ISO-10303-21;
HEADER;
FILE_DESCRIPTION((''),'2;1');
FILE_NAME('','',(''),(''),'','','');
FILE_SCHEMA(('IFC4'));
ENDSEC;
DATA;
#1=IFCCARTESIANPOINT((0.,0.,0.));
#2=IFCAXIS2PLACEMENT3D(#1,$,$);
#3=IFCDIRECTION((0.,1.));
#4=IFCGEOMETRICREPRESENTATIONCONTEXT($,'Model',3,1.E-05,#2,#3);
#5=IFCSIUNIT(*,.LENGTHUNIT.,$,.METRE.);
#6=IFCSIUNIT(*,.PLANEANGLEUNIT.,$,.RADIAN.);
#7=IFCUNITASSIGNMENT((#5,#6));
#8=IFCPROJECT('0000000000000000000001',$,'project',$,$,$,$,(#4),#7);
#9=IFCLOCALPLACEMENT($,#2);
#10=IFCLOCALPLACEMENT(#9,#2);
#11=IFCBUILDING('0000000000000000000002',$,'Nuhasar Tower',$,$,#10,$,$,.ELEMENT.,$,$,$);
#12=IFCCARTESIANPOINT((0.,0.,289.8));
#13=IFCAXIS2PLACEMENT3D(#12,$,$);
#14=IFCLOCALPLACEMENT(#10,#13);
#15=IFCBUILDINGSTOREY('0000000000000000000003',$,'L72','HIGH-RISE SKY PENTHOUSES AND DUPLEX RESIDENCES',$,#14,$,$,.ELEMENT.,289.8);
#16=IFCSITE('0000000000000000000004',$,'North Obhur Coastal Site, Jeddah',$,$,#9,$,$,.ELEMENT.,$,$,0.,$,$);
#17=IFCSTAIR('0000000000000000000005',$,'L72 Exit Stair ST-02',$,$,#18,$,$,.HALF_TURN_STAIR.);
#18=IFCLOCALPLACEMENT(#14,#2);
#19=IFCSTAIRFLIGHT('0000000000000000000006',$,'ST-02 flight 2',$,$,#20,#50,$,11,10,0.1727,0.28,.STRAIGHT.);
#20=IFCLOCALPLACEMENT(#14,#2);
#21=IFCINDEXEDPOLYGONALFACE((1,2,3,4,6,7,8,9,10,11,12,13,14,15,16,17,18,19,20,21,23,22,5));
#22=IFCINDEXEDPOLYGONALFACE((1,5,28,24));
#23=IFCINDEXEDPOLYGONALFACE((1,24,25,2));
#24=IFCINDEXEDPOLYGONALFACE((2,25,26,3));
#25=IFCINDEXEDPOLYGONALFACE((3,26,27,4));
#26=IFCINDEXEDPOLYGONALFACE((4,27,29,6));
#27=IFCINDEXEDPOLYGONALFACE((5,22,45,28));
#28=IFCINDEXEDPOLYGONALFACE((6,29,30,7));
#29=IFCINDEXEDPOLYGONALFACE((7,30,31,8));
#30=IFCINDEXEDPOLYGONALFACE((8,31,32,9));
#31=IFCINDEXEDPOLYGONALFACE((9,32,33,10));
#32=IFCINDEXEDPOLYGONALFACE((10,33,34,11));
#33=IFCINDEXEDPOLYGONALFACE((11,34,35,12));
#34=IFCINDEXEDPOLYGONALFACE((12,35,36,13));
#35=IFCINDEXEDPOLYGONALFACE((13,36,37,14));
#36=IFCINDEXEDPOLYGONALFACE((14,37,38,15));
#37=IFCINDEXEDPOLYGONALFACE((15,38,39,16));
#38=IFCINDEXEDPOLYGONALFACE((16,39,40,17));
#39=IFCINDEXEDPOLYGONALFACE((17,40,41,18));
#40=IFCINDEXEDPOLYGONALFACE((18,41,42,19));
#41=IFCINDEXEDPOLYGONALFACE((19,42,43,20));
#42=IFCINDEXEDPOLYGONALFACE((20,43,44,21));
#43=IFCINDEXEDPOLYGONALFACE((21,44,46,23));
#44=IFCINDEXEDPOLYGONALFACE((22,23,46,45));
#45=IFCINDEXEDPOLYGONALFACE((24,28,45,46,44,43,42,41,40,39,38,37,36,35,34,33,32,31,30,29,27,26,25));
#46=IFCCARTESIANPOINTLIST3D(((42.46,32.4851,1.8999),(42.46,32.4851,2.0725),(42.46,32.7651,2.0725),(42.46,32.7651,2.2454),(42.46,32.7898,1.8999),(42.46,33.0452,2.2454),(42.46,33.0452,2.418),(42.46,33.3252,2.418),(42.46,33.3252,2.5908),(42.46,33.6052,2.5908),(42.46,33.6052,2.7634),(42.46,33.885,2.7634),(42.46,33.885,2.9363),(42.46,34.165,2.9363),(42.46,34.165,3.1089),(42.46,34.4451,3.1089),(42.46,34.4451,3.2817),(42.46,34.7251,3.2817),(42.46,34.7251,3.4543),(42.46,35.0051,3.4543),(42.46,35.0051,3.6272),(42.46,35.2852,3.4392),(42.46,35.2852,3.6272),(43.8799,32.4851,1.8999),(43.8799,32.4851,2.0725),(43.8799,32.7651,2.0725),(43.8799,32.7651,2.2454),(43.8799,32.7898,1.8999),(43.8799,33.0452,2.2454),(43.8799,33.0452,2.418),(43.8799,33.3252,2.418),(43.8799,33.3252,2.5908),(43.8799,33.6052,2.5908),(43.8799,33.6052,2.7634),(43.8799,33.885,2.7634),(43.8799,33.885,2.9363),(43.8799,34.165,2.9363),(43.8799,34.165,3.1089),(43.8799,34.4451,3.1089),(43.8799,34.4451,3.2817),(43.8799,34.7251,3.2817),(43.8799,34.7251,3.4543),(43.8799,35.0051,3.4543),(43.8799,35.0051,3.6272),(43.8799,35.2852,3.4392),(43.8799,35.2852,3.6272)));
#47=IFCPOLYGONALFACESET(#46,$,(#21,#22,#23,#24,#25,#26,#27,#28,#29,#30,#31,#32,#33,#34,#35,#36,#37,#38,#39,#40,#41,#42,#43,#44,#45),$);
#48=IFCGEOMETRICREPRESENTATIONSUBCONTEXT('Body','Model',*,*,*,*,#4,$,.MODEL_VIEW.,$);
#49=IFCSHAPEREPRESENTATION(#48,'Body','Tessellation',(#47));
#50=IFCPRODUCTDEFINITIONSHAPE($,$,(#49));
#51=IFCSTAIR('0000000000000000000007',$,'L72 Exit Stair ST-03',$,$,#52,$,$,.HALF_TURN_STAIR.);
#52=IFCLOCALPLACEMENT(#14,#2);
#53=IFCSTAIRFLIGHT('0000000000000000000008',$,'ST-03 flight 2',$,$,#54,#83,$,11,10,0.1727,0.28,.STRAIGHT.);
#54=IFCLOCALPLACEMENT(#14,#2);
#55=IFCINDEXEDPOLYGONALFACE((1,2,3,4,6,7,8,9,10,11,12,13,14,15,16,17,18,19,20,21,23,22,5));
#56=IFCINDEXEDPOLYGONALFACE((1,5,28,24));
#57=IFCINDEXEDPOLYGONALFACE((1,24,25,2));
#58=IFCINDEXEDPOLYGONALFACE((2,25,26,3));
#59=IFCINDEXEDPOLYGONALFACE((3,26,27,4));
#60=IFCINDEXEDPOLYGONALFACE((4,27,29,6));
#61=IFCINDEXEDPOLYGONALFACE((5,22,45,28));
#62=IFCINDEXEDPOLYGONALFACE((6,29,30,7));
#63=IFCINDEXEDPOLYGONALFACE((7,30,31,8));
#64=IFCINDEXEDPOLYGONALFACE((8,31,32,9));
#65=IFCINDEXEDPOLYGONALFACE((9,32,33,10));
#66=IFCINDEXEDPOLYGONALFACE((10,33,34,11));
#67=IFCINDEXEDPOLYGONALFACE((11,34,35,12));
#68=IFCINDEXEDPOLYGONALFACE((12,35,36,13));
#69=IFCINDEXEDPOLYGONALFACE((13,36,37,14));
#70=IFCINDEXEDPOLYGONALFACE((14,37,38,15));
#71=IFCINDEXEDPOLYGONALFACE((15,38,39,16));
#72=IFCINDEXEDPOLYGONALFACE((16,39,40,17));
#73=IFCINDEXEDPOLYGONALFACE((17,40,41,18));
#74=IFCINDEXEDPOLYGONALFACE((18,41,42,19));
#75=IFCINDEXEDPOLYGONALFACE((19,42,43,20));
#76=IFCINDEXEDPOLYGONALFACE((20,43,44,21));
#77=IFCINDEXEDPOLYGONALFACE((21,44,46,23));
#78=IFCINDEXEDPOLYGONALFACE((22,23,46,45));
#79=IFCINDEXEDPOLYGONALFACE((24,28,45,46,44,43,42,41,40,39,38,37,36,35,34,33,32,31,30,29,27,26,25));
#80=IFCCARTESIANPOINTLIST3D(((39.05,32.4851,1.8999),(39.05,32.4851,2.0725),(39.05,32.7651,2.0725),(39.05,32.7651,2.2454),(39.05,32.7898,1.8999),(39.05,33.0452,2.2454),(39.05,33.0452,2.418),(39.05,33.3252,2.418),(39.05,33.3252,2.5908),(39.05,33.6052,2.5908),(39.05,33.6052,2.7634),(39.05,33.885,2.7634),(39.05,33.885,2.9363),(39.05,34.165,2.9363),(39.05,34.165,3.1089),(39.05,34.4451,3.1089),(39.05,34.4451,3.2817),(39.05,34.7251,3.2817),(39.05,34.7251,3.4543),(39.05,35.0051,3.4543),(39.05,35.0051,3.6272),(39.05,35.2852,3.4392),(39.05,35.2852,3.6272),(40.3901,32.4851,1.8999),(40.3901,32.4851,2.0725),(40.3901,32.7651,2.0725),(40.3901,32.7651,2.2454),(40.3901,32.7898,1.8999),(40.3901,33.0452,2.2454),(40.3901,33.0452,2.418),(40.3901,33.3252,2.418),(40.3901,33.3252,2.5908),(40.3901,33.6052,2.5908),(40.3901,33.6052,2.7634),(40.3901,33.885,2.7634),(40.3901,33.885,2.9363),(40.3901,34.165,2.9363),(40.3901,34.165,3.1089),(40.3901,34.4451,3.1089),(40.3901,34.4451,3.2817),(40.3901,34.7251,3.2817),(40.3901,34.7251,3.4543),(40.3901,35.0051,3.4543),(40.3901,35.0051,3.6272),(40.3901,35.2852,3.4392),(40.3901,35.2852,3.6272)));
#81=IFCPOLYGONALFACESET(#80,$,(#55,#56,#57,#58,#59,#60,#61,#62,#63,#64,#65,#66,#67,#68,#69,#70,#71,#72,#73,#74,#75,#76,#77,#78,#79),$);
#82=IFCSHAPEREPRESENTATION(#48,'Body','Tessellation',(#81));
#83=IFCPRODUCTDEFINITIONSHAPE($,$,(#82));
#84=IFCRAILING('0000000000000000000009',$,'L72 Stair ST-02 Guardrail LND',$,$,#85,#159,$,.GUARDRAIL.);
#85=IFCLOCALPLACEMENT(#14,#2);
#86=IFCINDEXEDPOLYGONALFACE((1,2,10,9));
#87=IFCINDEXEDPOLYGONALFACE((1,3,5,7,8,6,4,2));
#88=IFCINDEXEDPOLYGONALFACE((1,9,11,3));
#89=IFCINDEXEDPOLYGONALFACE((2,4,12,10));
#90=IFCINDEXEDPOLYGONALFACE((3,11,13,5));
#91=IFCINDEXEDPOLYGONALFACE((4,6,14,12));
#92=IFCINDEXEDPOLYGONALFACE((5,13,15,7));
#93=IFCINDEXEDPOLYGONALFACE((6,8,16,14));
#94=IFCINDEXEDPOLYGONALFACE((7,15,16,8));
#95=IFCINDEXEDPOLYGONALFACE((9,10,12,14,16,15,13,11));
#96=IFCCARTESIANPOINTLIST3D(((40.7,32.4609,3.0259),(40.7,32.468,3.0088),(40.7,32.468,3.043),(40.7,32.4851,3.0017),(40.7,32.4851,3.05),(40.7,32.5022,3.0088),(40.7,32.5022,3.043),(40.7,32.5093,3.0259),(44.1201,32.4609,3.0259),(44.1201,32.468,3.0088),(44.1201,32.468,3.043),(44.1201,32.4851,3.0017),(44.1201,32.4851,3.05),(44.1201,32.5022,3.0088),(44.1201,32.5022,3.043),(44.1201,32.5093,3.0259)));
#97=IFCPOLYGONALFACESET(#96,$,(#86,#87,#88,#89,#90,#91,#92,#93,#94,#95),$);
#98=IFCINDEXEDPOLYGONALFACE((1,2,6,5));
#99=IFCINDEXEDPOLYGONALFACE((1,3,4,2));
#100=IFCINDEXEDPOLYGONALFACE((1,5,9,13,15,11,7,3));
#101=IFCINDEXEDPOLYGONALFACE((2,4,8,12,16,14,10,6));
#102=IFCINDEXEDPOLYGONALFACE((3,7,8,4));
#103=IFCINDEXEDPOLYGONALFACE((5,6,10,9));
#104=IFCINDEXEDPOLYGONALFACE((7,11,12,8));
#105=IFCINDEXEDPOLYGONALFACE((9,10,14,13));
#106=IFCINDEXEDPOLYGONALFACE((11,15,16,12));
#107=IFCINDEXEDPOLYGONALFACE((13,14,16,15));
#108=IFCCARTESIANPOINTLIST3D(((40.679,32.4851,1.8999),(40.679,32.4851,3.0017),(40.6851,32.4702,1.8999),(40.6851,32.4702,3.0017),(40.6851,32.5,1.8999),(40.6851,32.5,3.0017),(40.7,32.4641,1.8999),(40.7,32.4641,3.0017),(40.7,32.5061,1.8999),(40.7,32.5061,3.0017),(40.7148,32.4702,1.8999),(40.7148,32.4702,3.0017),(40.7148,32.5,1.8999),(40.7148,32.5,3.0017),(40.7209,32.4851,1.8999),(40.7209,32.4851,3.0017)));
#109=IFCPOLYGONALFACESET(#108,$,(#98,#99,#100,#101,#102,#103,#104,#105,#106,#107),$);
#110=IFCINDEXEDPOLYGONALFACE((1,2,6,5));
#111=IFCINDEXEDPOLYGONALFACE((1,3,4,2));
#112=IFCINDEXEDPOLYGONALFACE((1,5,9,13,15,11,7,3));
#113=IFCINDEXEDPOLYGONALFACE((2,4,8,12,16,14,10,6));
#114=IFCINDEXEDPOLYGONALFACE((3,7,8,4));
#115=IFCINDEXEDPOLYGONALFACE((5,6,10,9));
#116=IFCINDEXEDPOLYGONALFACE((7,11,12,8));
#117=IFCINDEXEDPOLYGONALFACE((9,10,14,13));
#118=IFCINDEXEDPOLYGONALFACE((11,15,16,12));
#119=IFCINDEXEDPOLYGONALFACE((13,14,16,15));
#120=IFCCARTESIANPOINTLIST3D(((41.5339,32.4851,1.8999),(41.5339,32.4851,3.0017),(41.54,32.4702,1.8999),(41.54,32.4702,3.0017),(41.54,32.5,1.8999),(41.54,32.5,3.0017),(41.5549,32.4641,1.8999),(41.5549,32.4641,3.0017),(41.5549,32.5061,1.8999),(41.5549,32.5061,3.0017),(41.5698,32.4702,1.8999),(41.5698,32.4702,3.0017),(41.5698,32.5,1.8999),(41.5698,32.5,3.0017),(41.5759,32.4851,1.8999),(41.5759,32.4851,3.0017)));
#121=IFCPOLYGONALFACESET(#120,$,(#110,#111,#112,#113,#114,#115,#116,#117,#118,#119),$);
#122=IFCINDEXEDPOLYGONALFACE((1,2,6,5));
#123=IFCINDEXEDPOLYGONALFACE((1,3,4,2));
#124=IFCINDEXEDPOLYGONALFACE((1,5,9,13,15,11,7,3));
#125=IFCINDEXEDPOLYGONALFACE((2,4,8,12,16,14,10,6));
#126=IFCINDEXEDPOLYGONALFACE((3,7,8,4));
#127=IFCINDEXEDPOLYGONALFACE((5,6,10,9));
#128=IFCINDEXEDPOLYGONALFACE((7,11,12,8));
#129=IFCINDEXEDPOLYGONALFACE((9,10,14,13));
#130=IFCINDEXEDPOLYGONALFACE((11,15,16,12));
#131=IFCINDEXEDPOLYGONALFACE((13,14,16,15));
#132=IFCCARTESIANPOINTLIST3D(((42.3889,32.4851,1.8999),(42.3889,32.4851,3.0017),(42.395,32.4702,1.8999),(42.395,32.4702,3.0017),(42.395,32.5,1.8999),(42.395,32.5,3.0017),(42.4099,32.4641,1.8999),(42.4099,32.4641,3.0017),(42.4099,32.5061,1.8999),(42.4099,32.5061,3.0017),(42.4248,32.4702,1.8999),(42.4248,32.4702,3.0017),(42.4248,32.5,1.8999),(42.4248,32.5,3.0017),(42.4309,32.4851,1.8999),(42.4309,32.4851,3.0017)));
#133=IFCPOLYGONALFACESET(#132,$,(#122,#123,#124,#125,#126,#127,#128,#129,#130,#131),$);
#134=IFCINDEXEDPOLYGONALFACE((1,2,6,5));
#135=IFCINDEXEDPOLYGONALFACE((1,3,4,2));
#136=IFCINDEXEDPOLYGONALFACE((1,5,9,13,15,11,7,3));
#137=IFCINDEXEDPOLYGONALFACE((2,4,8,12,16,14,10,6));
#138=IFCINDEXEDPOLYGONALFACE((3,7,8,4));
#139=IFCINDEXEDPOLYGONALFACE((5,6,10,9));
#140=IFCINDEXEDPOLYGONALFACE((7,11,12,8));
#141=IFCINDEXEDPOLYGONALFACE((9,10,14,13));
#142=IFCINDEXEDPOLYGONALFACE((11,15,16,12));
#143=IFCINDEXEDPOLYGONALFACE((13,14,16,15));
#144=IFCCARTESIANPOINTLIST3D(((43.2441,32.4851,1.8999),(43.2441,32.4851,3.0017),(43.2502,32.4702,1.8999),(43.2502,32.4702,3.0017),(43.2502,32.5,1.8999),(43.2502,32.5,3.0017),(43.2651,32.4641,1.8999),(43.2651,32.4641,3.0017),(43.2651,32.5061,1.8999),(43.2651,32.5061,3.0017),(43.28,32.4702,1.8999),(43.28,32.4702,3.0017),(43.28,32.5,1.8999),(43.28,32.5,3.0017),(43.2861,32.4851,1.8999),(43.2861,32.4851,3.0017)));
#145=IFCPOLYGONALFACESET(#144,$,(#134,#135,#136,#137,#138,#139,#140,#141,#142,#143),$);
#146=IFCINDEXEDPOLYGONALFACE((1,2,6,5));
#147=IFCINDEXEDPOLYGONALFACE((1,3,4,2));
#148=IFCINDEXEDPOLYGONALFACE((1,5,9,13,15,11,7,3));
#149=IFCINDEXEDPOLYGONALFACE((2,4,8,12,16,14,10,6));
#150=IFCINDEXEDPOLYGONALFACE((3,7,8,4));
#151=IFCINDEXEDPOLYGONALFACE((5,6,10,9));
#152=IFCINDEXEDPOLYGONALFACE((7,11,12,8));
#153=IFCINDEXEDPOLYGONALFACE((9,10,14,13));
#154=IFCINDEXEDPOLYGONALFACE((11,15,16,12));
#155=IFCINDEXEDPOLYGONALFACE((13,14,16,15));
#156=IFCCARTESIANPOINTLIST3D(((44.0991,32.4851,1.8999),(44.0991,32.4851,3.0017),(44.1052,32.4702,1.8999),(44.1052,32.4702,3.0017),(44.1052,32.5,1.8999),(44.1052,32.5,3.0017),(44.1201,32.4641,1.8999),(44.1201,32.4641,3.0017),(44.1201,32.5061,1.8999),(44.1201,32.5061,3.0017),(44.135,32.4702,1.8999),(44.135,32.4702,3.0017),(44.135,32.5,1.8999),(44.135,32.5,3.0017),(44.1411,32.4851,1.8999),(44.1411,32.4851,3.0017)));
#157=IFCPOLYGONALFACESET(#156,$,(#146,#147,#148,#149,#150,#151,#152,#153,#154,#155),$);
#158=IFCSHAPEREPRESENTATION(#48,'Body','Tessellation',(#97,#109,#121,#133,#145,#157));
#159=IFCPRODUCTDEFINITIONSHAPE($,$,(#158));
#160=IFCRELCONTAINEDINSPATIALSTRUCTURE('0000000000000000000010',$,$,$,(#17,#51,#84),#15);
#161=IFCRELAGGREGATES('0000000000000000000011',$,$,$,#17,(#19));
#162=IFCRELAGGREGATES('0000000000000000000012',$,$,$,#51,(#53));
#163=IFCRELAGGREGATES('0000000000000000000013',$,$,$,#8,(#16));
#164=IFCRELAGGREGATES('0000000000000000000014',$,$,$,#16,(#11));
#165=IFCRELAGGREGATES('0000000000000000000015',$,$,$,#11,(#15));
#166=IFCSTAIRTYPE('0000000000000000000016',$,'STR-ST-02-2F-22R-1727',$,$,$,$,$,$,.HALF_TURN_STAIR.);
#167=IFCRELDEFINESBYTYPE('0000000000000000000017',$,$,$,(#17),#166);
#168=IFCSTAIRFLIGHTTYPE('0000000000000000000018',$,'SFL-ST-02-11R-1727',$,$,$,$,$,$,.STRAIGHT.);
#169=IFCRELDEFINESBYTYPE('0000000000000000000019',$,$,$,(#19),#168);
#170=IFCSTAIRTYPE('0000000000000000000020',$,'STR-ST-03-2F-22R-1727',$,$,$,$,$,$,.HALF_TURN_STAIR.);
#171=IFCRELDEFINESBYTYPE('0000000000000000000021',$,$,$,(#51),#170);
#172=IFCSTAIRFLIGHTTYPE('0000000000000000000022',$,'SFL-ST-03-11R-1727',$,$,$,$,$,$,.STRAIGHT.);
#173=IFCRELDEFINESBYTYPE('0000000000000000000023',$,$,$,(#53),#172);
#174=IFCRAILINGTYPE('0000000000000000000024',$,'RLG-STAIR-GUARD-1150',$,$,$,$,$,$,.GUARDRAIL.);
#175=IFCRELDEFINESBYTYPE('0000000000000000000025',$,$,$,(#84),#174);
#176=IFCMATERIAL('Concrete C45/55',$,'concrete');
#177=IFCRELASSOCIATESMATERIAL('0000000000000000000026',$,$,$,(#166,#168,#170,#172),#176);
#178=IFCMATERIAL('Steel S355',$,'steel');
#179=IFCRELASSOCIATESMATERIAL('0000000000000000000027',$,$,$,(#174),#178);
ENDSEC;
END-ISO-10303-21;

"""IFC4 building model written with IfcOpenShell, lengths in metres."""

from ifc_helpers import new_model, si_unit, direction, frame, origin, place, context, subcontext, project, spatial, polyline, outline, extrude, material, type_object, element, aggregate, save


model = new_model("IFC4")

# Units and contexts
model_context = context("Model", 3, precision=1e-05, world=origin(), true_north=direction((0.0, 1.0)))
body_context = subcontext(model_context, "Body", "Model", "MODEL_VIEW")
ifc_project = project(units=[si_unit("LENGTHUNIT", "METRE"), si_unit("PLANEANGLEUNIT", "RADIAN")], contexts=[model_context])

# Site, building, storey
site_placement = place(None, origin())
site = spatial("IfcSite", under=ifc_project, at=site_placement, Name="North Obhur Coastal Site, Jeddah", CompositionType="ELEMENT", RefElevation=0.0)
building_placement = place(site_placement, origin())
building = spatial("IfcBuilding", under=site, at=building_placement, Name="Nuhasar Tower", CompositionType="ELEMENT")
storey_placement = place(building_placement, frame((0.0, 0.0, 289.8)))
storey = spatial("IfcBuildingStorey", under=building, at=storey_placement, Name="L72", Description="HIGH-RISE SKY PENTHOUSES AND DUPLEX RESIDENCES", CompositionType="ELEMENT", Elevation=289.8)

# Shared definitions
ifc_material_1 = material(Name="Steel S355", Category="steel")

# Shared definitions
ifc_material_2 = material(Name="Concrete C45/55", Category="concrete")

# Stair, stair flight
stair_type_1 = type_object("IfcStairType", Name="STR-ST-02-2F-22R-1727", PredefinedType="HALF_TURN_STAIR", material=ifc_material_2)
stair_1_placement = place(storey_placement, origin())
stair_1 = element("IfcStair", 1, at=stair_1_placement, inside=storey, type_object=stair_type_1, Name="L72 Exit Stair ST-02", PredefinedType="HALF_TURN_STAIR")
stair_flight_type_1 = type_object("IfcStairFlightType", Name="SFL-ST-02-11R-1727", PredefinedType="STRAIGHT", material=ifc_material_2)
stair_flight_1_placement = place(storey_placement, frame((43.1699, 32.4851, 1.8999), z_axis=(0.0, 0.0, 1.0), x_axis=(0.0, 1.0, 0.0)))
stair_flight_1 = element("IfcStairFlight", 2, at=stair_flight_1_placement, type_object=stair_flight_type_1, Name="ST-02 flight 2", NumberOfRisers=11, NumberOfTreads=10, PredefinedType="STRAIGHT", RiserHeight=0.1727, TreadLength=0.28, context=body_context, shape_type="SweptSolid", body=[
    extrude(outline(polyline([(0.0, 0.0), (0.0, 0.1726), (0.28, 0.1726), (0.28, 0.3455), (0.5601, 0.3455), (0.5601, 0.5181), (0.8401, 0.5181), (0.8401, 0.6909), (1.1201, 0.6909), (1.1201, 0.8635), (1.3999, 0.8635), (1.3999, 1.0364), (1.6799, 1.0364), (1.6799, 1.209), (1.96, 1.209), (1.96, 1.3818), (2.24, 1.3818), (2.24, 1.5544), (2.52, 1.5544), (2.52, 1.7273), (2.8, 1.7273), (2.8, 1.8999), (2.8, 1.5393), (0.3047, 0.0), (0.0, 0.0)])), frame((0.0, 0.71, 0.0), z_axis=(0.0, -1.0, 0.0), x_axis=(1.0, 0.0, 0.0)), (0.0, 0.0, 1.0), 1.4199),
])
aggregate(stair_1, [stair_flight_1])

# Stair, stair flight
stair_type_2 = type_object("IfcStairType", Name="STR-ST-03-2F-22R-1727", PredefinedType="HALF_TURN_STAIR", material=ifc_material_2)
stair_2_placement = place(storey_placement, origin())
stair_2 = element("IfcStair", 3, at=stair_2_placement, inside=storey, type_object=stair_type_2, Name="L72 Exit Stair ST-03", PredefinedType="HALF_TURN_STAIR")
stair_flight_type_2 = type_object("IfcStairFlightType", Name="SFL-ST-03-11R-1727", PredefinedType="STRAIGHT", material=ifc_material_2)
stair_flight_2_placement = place(storey_placement, frame((39.72, 32.4851, 1.8999), z_axis=(0.0, 0.0, 1.0), x_axis=(0.0, 1.0, 0.0)))
stair_flight_2 = element("IfcStairFlight", 4, at=stair_flight_2_placement, type_object=stair_flight_type_2, Name="ST-03 flight 2", NumberOfRisers=11, NumberOfTreads=10, PredefinedType="STRAIGHT", RiserHeight=0.1727, TreadLength=0.28, context=body_context, shape_type="SweptSolid", body=[
    extrude(outline(polyline([(0.0, 0.0), (0.0, 0.1726), (0.28, 0.1726), (0.28, 0.3455), (0.5601, 0.3455), (0.5601, 0.5181), (0.8401, 0.5181), (0.8401, 0.6909), (1.1201, 0.6909), (1.1201, 0.8635), (1.3999, 0.8635), (1.3999, 1.0364), (1.6799, 1.0364), (1.6799, 1.209), (1.96, 1.209), (1.96, 1.3818), (2.24, 1.3818), (2.24, 1.5544), (2.52, 1.5544), (2.52, 1.7273), (2.8, 1.7273), (2.8, 1.8999), (2.8, 1.5393), (0.3047, 0.0), (0.0, 0.0)])), frame((0.0, 0.6699, 0.0), z_axis=(0.0, -1.0, 0.0), x_axis=(1.0, 0.0, 0.0)), (0.0, 0.0, 1.0), 1.3401),
])
aggregate(stair_2, [stair_flight_2])

# Railing
railing_type_1 = type_object("IfcRailingType", Name="RLG-STAIR-GUARD-1150", PredefinedType="GUARDRAIL", material=ifc_material_1)
railing_1_placement = place(storey_placement, frame((40.7, 32.4851, 1.8999)))
element("IfcRailing", 5, at=railing_1_placement, inside=storey, type_object=railing_type_1, Name="L72 Stair ST-02 Guardrail LND", PredefinedType="GUARDRAIL", context=body_context, shape_type="SweptSolid", body=[
    extrude(outline(polyline([(0.0242, 0.0), (0.0171, 0.0171), (0.0, 0.0242), (-0.0171, 0.0171), (-0.0242, 0.0), (-0.0171, -0.0171), (0.0, -0.0242), (0.0171, -0.0171), (0.0242, 0.0)])), frame((0.0, 0.0, 1.126), z_axis=(1.0, 0.0, 0.0), x_axis=(0.0, 1.0, 0.0)), (0.0, 0.0, 1.0), 3.4202),
    extrude(outline(polyline([(0.021, 0.0), (0.0149, 0.0149), (0.0, 0.021), (-0.0149, 0.0149), (-0.021, 0.0), (-0.0149, -0.0149), (0.0, -0.021), (0.0149, -0.0149), (0.021, 0.0)])), origin(), (0.0, 0.0, 1.0), 1.1018),
    extrude(outline(polyline([(0.021, 0.0), (0.0149, 0.0149), (0.0, 0.021), (-0.0149, 0.0149), (-0.021, 0.0), (-0.0149, -0.0149), (0.0, -0.021), (0.0149, -0.0149), (0.021, 0.0)])), frame((0.855, 0.0, 0.0)), (0.0, 0.0, 1.0), 1.1018),
    extrude(outline(polyline([(0.021, 0.0), (0.0149, 0.0149), (0.0, 0.021), (-0.0149, 0.0149), (-0.021, 0.0), (-0.0149, -0.0149), (0.0, -0.021), (0.0149, -0.0149), (0.021, 0.0)])), frame((1.71, 0.0, 0.0)), (0.0, 0.0, 1.0), 1.1018),
    extrude(outline(polyline([(0.021, 0.0), (0.0149, 0.0149), (0.0, 0.021), (-0.0149, 0.0149), (-0.021, 0.0), (-0.0149, -0.0149), (0.0, -0.021), (0.0149, -0.0149), (0.021, 0.0)])), frame((2.5652, 0.0, 0.0)), (0.0, 0.0, 1.0), 1.1018),
    extrude(outline(polyline([(0.021, 0.0), (0.0149, 0.0149), (0.0, 0.021), (-0.0149, 0.0149), (-0.021, 0.0), (-0.0149, -0.0149), (0.0, -0.021), (0.0149, -0.0149), (0.021, 0.0)])), frame((3.4202, 0.0, 0.0)), (0.0, 0.0, 1.0), 1.1018),
])

save(model, "model.ifc")
